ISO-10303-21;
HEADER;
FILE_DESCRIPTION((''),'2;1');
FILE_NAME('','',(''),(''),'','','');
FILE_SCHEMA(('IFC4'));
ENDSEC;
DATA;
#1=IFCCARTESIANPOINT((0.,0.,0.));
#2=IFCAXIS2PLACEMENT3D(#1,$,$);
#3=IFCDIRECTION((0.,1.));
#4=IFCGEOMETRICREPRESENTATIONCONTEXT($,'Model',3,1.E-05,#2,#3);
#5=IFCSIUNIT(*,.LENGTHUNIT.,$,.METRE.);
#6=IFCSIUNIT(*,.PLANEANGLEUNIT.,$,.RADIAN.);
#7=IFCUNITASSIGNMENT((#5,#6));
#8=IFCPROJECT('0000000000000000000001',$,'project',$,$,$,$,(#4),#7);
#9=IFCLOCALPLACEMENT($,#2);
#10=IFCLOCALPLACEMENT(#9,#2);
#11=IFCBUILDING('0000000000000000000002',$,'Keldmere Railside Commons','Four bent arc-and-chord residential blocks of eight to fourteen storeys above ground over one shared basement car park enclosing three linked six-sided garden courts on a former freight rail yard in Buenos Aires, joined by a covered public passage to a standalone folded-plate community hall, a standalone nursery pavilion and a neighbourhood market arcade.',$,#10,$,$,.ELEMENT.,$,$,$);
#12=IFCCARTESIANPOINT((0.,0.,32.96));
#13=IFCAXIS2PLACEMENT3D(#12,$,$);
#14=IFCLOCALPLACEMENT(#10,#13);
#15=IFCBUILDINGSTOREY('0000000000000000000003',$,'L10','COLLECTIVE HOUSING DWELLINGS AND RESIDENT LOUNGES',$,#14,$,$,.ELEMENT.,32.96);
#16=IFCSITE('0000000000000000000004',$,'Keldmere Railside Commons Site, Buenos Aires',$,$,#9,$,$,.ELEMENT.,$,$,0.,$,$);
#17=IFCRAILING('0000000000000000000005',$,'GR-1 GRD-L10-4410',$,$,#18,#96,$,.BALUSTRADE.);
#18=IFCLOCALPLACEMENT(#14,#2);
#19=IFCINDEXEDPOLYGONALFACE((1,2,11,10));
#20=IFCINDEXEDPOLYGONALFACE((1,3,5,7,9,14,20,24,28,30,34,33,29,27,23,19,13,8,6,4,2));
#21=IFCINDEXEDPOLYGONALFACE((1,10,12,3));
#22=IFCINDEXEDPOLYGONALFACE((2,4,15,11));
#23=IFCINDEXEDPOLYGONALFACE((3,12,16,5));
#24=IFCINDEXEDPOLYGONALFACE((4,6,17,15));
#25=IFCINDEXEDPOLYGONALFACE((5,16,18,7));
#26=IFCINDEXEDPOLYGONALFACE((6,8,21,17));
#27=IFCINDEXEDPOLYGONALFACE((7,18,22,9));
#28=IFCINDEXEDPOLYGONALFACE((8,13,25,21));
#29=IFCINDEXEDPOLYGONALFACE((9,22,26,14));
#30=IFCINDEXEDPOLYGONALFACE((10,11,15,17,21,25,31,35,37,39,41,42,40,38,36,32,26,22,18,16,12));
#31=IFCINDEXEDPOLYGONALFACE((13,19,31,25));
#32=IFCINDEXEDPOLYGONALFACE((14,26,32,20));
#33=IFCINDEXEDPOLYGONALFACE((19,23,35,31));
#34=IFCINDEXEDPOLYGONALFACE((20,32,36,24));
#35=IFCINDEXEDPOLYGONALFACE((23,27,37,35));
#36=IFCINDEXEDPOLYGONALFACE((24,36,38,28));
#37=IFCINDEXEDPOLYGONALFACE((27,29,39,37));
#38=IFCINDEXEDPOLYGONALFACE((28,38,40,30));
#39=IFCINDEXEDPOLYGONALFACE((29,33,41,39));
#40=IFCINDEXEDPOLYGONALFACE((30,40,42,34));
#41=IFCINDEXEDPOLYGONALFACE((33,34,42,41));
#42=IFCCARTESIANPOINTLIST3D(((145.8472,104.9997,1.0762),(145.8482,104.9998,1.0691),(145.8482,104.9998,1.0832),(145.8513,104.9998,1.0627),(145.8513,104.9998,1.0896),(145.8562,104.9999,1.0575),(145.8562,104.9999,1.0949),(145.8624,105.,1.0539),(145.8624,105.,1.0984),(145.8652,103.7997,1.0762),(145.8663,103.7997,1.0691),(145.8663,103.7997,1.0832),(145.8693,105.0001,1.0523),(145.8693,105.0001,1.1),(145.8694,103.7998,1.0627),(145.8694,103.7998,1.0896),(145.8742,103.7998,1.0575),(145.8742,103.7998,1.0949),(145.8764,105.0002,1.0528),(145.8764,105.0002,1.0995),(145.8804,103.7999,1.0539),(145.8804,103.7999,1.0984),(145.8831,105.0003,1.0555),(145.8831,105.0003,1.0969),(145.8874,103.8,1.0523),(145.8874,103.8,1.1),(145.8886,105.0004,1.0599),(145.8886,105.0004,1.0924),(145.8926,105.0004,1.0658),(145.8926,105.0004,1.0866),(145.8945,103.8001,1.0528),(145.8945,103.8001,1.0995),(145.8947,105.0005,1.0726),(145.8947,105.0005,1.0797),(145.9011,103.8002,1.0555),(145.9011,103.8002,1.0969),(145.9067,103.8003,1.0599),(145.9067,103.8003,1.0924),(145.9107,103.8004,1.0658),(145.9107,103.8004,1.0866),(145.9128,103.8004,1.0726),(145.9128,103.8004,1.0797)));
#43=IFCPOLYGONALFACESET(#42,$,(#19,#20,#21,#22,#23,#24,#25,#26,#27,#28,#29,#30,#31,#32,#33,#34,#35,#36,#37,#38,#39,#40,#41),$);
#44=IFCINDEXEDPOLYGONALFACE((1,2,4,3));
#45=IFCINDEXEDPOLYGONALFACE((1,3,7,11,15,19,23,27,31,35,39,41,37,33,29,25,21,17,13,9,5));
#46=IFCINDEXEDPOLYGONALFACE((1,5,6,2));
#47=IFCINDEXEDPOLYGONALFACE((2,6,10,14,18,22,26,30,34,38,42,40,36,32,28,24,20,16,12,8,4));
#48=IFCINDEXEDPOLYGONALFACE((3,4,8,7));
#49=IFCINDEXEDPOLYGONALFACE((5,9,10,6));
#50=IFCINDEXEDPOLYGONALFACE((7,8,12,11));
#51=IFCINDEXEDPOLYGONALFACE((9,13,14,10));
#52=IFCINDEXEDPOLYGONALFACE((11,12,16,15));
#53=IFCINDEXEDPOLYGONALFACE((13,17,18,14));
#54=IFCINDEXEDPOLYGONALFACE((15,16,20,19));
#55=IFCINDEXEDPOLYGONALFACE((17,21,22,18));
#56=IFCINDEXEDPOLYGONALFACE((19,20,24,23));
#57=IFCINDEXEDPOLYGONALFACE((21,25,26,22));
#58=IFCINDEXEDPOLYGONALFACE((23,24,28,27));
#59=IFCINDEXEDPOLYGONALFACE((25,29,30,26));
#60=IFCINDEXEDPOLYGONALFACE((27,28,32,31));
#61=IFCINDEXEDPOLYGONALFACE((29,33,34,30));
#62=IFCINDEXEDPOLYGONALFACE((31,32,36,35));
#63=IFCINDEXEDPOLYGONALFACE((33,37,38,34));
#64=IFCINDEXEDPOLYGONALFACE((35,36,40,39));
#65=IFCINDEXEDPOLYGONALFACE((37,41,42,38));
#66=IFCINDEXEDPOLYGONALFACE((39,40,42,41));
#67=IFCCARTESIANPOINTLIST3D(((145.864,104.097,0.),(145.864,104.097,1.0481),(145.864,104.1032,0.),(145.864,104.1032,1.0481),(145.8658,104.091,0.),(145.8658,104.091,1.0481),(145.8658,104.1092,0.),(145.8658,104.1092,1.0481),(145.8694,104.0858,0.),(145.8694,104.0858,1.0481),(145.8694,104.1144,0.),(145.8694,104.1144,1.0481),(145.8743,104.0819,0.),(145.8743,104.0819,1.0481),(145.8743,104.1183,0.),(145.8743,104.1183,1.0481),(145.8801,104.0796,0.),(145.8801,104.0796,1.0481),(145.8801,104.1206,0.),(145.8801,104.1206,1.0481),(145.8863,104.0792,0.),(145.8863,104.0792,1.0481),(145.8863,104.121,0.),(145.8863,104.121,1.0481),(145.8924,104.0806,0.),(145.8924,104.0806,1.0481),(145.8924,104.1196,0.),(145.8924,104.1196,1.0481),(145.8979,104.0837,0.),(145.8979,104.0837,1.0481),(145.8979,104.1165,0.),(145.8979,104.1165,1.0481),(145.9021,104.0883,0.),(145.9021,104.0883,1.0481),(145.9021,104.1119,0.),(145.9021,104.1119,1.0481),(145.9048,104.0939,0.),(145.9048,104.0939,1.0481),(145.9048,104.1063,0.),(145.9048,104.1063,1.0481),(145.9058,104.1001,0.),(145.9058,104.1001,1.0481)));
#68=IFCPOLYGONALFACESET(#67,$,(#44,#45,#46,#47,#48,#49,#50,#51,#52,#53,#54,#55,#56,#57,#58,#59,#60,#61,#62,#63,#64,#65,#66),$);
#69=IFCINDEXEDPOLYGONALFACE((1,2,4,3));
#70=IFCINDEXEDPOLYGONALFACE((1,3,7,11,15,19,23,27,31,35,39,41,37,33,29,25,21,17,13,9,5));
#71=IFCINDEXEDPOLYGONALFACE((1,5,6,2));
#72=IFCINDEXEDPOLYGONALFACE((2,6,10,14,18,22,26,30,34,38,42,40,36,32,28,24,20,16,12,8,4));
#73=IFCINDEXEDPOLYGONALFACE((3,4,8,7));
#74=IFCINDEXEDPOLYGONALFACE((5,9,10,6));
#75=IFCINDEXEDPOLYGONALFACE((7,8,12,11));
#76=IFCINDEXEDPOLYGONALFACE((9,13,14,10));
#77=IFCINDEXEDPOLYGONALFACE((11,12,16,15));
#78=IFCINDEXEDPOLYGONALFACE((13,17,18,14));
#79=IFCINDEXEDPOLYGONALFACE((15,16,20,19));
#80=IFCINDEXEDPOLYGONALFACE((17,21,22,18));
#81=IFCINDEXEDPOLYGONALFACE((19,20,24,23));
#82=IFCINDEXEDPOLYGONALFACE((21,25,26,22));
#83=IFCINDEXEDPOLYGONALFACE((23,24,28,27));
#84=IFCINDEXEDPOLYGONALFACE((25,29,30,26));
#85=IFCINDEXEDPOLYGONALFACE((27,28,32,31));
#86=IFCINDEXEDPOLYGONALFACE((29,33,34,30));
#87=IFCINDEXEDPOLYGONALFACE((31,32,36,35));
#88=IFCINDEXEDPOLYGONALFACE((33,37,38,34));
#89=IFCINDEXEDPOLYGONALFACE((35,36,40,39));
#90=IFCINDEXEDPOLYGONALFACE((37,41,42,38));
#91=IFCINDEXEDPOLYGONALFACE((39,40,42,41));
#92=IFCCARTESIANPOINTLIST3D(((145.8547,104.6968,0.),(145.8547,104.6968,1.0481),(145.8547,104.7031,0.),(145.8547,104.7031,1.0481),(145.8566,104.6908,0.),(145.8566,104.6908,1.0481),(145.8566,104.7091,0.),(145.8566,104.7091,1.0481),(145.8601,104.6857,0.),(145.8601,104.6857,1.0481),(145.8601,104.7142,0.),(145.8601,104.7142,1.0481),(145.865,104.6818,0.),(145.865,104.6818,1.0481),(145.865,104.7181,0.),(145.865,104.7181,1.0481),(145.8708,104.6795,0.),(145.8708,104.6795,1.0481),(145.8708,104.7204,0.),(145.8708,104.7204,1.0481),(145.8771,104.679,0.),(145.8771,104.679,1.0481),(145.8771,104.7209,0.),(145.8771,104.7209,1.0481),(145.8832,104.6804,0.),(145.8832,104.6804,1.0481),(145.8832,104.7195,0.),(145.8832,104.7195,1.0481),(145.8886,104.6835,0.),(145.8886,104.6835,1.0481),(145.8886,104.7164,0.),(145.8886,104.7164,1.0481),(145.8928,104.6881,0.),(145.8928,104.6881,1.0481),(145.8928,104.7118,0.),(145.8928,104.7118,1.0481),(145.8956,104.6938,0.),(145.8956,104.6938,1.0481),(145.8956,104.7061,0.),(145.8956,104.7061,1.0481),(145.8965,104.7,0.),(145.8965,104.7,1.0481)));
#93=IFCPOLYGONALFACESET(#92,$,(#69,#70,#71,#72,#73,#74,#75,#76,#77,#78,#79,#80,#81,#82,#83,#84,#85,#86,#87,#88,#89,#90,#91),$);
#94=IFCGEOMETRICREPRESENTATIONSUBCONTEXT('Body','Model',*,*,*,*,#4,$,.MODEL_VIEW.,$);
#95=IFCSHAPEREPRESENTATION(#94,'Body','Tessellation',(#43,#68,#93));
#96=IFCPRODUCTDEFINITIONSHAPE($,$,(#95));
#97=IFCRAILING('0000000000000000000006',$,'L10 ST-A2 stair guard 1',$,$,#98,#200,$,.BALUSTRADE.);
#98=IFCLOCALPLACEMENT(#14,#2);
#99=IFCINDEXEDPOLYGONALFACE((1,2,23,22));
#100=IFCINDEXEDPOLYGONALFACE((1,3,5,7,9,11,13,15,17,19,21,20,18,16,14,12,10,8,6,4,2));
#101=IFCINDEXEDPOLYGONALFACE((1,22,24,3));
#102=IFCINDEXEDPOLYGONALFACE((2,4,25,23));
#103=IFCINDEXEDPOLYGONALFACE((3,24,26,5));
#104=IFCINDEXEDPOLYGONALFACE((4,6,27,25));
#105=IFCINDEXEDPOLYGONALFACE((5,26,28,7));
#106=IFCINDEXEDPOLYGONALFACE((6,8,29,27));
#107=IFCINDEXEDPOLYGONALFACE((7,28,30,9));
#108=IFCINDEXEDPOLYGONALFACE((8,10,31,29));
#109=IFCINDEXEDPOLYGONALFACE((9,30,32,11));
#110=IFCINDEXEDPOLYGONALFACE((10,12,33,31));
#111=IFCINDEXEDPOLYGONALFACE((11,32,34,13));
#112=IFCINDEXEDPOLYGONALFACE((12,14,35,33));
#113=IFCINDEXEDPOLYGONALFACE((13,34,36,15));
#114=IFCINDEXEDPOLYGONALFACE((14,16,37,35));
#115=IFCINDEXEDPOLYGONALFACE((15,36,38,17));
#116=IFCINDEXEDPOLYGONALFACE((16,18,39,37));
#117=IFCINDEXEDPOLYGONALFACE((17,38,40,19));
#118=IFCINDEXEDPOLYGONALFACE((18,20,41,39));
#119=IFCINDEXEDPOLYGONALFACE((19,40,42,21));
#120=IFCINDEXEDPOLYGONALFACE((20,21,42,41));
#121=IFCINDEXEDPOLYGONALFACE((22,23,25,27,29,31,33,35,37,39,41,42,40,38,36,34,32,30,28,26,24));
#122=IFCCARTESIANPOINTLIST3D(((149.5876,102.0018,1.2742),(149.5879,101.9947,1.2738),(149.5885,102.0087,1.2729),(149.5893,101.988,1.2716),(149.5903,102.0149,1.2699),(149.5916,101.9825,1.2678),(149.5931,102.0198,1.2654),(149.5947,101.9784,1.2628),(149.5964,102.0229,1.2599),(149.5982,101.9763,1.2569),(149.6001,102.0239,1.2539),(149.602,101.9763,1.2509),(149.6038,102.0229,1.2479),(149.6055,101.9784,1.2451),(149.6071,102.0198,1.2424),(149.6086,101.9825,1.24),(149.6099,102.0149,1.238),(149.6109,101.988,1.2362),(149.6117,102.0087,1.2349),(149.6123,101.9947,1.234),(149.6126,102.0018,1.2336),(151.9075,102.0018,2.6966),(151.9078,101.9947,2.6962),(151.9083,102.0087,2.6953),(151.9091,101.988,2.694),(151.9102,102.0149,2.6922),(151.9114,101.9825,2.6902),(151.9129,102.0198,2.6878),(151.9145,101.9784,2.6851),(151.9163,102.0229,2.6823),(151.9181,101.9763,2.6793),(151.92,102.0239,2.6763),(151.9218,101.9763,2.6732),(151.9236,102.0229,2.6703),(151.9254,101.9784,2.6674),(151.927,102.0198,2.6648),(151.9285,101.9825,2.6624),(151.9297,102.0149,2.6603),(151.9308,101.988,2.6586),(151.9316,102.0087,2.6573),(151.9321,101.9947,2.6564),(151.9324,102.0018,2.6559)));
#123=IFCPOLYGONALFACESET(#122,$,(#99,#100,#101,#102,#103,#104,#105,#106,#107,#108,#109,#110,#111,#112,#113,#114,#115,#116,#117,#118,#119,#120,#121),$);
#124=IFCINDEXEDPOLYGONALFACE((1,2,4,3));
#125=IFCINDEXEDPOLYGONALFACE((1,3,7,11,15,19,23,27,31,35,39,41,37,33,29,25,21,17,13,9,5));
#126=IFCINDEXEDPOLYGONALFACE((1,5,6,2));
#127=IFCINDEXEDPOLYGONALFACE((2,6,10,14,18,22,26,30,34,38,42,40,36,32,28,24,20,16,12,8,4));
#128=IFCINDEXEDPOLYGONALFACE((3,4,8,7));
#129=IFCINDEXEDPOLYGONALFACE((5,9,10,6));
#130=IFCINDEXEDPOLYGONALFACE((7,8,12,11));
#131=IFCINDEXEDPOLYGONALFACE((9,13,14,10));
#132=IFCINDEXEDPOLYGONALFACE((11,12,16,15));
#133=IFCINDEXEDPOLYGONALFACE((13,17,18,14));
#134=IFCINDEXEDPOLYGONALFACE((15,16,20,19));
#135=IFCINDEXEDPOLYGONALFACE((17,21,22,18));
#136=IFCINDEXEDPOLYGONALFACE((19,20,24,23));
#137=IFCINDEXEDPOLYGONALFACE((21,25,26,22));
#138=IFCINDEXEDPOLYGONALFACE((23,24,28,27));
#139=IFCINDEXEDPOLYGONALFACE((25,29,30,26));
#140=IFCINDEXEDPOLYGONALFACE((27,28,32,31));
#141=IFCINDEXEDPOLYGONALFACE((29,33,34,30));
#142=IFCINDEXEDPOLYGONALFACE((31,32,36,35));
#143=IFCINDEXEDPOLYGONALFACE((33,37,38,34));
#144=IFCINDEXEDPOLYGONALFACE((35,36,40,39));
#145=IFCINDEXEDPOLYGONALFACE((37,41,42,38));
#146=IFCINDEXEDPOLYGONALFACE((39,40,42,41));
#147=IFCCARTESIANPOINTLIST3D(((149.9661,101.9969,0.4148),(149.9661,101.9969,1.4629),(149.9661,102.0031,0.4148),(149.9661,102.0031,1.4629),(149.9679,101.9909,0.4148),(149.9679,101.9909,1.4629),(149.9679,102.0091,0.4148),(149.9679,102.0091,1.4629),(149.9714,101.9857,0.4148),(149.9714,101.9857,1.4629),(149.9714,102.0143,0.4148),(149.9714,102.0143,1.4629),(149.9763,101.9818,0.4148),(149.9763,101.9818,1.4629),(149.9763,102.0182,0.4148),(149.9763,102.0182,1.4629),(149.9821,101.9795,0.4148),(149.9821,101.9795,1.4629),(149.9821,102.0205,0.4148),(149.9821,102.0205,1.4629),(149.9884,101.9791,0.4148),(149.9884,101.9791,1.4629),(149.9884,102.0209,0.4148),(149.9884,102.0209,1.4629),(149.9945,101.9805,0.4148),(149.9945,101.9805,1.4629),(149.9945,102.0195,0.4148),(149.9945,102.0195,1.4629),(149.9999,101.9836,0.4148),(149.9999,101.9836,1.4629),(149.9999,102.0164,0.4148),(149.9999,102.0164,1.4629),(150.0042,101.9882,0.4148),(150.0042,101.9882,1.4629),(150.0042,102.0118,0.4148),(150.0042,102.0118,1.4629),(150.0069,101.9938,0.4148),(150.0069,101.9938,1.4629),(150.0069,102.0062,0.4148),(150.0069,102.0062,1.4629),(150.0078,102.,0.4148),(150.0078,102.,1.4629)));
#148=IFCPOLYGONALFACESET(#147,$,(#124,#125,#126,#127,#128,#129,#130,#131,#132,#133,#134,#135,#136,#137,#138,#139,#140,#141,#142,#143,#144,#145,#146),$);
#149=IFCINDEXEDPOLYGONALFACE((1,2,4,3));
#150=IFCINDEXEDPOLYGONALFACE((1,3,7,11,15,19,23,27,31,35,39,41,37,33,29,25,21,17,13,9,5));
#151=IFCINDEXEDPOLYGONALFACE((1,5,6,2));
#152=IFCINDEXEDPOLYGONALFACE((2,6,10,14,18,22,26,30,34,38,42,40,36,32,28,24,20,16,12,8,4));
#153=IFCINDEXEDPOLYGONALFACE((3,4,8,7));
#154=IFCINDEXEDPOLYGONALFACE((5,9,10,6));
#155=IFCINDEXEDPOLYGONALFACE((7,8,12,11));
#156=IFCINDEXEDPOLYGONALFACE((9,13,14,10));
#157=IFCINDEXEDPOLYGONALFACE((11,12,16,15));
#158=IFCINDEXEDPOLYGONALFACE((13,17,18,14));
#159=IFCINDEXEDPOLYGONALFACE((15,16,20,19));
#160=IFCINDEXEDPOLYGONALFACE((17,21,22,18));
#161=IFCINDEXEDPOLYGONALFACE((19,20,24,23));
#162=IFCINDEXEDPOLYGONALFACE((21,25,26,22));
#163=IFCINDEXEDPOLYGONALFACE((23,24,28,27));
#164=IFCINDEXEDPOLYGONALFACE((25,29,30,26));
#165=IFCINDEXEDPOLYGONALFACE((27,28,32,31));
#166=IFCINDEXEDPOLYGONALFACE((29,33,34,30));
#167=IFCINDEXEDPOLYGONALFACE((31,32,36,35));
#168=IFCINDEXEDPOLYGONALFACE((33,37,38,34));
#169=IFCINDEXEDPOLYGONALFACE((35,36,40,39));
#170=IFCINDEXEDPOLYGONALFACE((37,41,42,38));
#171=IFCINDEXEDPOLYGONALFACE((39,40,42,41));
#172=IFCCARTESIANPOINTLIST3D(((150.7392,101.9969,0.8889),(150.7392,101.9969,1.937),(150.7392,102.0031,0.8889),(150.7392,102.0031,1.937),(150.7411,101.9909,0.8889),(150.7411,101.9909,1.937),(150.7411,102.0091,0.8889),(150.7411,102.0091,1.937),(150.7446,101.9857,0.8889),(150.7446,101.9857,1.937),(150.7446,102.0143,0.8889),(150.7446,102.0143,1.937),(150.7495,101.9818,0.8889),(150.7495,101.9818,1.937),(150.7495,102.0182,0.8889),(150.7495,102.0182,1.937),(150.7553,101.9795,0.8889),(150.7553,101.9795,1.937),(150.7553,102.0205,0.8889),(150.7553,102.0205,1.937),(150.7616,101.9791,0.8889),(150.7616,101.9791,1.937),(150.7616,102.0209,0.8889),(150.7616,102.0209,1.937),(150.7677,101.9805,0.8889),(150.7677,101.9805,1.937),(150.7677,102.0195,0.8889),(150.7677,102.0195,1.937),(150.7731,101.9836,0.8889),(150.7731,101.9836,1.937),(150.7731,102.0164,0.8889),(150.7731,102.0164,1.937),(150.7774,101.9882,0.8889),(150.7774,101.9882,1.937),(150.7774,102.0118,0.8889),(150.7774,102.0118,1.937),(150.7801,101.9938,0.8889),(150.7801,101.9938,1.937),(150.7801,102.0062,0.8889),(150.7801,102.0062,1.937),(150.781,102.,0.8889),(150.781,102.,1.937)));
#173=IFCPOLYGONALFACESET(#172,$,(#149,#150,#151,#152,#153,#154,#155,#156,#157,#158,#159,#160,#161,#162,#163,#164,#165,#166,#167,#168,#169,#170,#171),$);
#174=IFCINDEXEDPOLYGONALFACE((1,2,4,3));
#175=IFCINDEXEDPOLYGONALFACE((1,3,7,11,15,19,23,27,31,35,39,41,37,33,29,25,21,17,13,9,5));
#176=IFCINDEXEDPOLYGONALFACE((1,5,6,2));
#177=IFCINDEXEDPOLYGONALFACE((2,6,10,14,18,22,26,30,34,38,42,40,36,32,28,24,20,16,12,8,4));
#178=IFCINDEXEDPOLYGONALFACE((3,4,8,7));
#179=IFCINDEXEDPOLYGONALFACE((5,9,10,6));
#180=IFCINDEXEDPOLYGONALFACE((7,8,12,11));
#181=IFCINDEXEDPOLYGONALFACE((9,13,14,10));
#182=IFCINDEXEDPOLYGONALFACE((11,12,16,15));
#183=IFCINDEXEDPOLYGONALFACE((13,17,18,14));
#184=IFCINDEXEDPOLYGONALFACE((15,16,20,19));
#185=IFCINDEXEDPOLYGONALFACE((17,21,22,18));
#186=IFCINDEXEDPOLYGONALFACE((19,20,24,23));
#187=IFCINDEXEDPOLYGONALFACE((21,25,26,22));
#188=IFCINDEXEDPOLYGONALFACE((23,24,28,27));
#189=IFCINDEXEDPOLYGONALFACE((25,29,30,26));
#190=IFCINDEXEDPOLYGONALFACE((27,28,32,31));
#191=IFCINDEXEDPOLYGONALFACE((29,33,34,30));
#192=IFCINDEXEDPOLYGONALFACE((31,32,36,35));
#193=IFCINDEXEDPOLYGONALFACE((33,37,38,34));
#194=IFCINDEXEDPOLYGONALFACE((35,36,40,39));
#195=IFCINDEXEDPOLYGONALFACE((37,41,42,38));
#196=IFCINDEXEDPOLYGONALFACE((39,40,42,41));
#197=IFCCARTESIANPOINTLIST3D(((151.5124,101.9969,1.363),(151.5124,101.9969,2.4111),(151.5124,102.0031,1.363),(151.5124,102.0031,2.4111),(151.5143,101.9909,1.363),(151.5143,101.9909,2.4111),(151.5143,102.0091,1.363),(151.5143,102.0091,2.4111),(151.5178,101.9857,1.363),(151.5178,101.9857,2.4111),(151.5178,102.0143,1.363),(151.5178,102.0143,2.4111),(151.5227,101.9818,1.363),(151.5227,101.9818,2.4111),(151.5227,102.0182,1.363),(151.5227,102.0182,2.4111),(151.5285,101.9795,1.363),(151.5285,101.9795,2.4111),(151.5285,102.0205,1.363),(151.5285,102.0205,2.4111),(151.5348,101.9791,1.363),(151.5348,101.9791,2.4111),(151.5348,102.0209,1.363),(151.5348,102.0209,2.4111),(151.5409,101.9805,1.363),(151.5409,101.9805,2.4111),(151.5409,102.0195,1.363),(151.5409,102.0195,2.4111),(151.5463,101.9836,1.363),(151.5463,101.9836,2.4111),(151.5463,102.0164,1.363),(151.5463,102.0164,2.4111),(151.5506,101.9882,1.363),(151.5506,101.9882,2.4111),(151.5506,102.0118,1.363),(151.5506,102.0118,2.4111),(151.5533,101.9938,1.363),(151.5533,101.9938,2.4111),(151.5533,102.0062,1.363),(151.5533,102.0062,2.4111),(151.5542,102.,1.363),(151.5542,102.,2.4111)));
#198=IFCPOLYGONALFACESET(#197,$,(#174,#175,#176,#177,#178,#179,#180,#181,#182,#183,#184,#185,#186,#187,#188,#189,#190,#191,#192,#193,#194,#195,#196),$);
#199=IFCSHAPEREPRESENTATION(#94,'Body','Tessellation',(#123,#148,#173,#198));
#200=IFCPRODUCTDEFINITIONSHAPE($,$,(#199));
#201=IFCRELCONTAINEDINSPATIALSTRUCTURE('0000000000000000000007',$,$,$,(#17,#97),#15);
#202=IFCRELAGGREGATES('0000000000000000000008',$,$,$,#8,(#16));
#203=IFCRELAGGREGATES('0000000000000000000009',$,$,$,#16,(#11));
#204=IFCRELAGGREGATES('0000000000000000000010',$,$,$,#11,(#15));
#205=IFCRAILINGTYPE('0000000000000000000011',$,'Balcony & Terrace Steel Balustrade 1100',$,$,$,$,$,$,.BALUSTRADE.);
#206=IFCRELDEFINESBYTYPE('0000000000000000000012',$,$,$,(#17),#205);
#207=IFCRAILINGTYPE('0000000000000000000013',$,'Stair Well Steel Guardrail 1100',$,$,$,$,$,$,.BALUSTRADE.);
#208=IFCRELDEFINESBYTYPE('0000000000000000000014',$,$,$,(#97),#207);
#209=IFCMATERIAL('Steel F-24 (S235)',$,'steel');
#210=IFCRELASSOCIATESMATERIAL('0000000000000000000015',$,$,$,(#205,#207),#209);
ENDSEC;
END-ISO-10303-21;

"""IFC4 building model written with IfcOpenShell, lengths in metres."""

from ifc_helpers import new_model, si_unit, direction, frame, origin, origin_2d, place, context, subcontext, project, spatial, circle, extrude, material, type_object, element, save


model = new_model("IFC4")

# Units and contexts
model_context = context("Model", 3, precision=1e-05, world=origin(), true_north=direction((0.0, 1.0)))
body_context = subcontext(model_context, "Body", "Model", "MODEL_VIEW")
ifc_project = project(units=[si_unit("LENGTHUNIT", "METRE"), si_unit("PLANEANGLEUNIT", "RADIAN")], contexts=[model_context])

# Site, building, storey
site_placement = place(None, origin())
site = spatial("IfcSite", under=ifc_project, at=site_placement, Name="Keldmere Railside Commons Site, Buenos Aires", CompositionType="ELEMENT", RefElevation=0.0)
building_placement = place(site_placement, origin())
building = spatial("IfcBuilding", under=site, at=building_placement, Name="Keldmere Railside Commons", Description="Four bent arc-and-chord residential blocks of eight to fourteen storeys above ground over one shared basement car park enclosing three linked six-sided garden courts on a former freight rail yard in Buenos Aires, joined by a covered public passage to a standalone folded-plate community hall, a standalone nursery pavilion and a neighbourhood market arcade.", CompositionType="ELEMENT")
storey_placement = place(building_placement, frame((0.0, 0.0, 32.96)))
storey = spatial("IfcBuildingStorey", under=building, at=storey_placement, Name="L10", Description="COLLECTIVE HOUSING DWELLINGS AND RESIDENT LOUNGES", CompositionType="ELEMENT", Elevation=32.96)

# Shared definitions
ifc_material_1 = material(Name="Steel F-24 (S235)", Category="steel")

# Railings
railing_type_1 = type_object("IfcRailingType", Name="Balcony & Terrace Steel Balustrade 1100", PredefinedType="BALUSTRADE", material=ifc_material_1)
railing_1_placement = place(storey_placement, frame((145.8892, 103.8, 0.0)))
element("IfcRailing", 1, at=railing_1_placement, inside=storey, type_object=railing_type_1, Name="GR-1 GRD-L10-4410", PredefinedType="BALUSTRADE", context=body_context, shape_type="SweptSolid", body=[
    extrude(circle(Radius=0.0239, at=origin_2d()), frame((0.0, 0.0, 1.0762), z_axis=(-0.015054, 0.999887, 0.0), x_axis=(-0.999887, -0.015054, 0.0)), (0.0, 0.0, 1.0), 1.2002),
    extrude(circle(Radius=0.021, at=origin_2d()), frame((-0.0044, 0.3, 0.0)), (0.0, 0.0, 1.0), 1.0481),
    extrude(circle(Radius=0.021, at=origin_2d()), frame((-0.0137, 0.8999, 0.0)), (0.0, 0.0, 1.0), 1.0481),
])
railing_type_2 = type_object("IfcRailingType", Name="Stair Well Steel Guardrail 1100", PredefinedType="BALUSTRADE", material=ifc_material_1)
railing_2_placement = place(storey_placement, frame((149.6001, 102.0, 0.1777)))
element("IfcRailing", 2, at=railing_2_placement, inside=storey, type_object=railing_type_2, Name="L10 ST-A2 stair guard 1", PredefinedType="BALUSTRADE", context=body_context, shape_type="SweptSolid", body=[
    extrude(circle(Radius=0.0239, at=origin_2d()), frame((0.0, 0.0, 1.0762), z_axis=(0.852514, 0.0, 0.522705), x_axis=(0.0, 1.0, 0.0)), (0.0, 0.0, 1.0), 2.7212),
    extrude(circle(Radius=0.021, at=origin_2d()), frame((0.3867, 0.0, 0.2371)), (0.0, 0.0, 1.0), 1.0481),
    extrude(circle(Radius=0.021, at=origin_2d()), frame((1.1599, 0.0, 0.7112)), (0.0, 0.0, 1.0), 1.0481),
    extrude(circle(Radius=0.021, at=origin_2d()), frame((1.9331, 0.0, 1.1853)), (0.0, 0.0, 1.0), 1.0481),
])

save(model, "model.ifc")
